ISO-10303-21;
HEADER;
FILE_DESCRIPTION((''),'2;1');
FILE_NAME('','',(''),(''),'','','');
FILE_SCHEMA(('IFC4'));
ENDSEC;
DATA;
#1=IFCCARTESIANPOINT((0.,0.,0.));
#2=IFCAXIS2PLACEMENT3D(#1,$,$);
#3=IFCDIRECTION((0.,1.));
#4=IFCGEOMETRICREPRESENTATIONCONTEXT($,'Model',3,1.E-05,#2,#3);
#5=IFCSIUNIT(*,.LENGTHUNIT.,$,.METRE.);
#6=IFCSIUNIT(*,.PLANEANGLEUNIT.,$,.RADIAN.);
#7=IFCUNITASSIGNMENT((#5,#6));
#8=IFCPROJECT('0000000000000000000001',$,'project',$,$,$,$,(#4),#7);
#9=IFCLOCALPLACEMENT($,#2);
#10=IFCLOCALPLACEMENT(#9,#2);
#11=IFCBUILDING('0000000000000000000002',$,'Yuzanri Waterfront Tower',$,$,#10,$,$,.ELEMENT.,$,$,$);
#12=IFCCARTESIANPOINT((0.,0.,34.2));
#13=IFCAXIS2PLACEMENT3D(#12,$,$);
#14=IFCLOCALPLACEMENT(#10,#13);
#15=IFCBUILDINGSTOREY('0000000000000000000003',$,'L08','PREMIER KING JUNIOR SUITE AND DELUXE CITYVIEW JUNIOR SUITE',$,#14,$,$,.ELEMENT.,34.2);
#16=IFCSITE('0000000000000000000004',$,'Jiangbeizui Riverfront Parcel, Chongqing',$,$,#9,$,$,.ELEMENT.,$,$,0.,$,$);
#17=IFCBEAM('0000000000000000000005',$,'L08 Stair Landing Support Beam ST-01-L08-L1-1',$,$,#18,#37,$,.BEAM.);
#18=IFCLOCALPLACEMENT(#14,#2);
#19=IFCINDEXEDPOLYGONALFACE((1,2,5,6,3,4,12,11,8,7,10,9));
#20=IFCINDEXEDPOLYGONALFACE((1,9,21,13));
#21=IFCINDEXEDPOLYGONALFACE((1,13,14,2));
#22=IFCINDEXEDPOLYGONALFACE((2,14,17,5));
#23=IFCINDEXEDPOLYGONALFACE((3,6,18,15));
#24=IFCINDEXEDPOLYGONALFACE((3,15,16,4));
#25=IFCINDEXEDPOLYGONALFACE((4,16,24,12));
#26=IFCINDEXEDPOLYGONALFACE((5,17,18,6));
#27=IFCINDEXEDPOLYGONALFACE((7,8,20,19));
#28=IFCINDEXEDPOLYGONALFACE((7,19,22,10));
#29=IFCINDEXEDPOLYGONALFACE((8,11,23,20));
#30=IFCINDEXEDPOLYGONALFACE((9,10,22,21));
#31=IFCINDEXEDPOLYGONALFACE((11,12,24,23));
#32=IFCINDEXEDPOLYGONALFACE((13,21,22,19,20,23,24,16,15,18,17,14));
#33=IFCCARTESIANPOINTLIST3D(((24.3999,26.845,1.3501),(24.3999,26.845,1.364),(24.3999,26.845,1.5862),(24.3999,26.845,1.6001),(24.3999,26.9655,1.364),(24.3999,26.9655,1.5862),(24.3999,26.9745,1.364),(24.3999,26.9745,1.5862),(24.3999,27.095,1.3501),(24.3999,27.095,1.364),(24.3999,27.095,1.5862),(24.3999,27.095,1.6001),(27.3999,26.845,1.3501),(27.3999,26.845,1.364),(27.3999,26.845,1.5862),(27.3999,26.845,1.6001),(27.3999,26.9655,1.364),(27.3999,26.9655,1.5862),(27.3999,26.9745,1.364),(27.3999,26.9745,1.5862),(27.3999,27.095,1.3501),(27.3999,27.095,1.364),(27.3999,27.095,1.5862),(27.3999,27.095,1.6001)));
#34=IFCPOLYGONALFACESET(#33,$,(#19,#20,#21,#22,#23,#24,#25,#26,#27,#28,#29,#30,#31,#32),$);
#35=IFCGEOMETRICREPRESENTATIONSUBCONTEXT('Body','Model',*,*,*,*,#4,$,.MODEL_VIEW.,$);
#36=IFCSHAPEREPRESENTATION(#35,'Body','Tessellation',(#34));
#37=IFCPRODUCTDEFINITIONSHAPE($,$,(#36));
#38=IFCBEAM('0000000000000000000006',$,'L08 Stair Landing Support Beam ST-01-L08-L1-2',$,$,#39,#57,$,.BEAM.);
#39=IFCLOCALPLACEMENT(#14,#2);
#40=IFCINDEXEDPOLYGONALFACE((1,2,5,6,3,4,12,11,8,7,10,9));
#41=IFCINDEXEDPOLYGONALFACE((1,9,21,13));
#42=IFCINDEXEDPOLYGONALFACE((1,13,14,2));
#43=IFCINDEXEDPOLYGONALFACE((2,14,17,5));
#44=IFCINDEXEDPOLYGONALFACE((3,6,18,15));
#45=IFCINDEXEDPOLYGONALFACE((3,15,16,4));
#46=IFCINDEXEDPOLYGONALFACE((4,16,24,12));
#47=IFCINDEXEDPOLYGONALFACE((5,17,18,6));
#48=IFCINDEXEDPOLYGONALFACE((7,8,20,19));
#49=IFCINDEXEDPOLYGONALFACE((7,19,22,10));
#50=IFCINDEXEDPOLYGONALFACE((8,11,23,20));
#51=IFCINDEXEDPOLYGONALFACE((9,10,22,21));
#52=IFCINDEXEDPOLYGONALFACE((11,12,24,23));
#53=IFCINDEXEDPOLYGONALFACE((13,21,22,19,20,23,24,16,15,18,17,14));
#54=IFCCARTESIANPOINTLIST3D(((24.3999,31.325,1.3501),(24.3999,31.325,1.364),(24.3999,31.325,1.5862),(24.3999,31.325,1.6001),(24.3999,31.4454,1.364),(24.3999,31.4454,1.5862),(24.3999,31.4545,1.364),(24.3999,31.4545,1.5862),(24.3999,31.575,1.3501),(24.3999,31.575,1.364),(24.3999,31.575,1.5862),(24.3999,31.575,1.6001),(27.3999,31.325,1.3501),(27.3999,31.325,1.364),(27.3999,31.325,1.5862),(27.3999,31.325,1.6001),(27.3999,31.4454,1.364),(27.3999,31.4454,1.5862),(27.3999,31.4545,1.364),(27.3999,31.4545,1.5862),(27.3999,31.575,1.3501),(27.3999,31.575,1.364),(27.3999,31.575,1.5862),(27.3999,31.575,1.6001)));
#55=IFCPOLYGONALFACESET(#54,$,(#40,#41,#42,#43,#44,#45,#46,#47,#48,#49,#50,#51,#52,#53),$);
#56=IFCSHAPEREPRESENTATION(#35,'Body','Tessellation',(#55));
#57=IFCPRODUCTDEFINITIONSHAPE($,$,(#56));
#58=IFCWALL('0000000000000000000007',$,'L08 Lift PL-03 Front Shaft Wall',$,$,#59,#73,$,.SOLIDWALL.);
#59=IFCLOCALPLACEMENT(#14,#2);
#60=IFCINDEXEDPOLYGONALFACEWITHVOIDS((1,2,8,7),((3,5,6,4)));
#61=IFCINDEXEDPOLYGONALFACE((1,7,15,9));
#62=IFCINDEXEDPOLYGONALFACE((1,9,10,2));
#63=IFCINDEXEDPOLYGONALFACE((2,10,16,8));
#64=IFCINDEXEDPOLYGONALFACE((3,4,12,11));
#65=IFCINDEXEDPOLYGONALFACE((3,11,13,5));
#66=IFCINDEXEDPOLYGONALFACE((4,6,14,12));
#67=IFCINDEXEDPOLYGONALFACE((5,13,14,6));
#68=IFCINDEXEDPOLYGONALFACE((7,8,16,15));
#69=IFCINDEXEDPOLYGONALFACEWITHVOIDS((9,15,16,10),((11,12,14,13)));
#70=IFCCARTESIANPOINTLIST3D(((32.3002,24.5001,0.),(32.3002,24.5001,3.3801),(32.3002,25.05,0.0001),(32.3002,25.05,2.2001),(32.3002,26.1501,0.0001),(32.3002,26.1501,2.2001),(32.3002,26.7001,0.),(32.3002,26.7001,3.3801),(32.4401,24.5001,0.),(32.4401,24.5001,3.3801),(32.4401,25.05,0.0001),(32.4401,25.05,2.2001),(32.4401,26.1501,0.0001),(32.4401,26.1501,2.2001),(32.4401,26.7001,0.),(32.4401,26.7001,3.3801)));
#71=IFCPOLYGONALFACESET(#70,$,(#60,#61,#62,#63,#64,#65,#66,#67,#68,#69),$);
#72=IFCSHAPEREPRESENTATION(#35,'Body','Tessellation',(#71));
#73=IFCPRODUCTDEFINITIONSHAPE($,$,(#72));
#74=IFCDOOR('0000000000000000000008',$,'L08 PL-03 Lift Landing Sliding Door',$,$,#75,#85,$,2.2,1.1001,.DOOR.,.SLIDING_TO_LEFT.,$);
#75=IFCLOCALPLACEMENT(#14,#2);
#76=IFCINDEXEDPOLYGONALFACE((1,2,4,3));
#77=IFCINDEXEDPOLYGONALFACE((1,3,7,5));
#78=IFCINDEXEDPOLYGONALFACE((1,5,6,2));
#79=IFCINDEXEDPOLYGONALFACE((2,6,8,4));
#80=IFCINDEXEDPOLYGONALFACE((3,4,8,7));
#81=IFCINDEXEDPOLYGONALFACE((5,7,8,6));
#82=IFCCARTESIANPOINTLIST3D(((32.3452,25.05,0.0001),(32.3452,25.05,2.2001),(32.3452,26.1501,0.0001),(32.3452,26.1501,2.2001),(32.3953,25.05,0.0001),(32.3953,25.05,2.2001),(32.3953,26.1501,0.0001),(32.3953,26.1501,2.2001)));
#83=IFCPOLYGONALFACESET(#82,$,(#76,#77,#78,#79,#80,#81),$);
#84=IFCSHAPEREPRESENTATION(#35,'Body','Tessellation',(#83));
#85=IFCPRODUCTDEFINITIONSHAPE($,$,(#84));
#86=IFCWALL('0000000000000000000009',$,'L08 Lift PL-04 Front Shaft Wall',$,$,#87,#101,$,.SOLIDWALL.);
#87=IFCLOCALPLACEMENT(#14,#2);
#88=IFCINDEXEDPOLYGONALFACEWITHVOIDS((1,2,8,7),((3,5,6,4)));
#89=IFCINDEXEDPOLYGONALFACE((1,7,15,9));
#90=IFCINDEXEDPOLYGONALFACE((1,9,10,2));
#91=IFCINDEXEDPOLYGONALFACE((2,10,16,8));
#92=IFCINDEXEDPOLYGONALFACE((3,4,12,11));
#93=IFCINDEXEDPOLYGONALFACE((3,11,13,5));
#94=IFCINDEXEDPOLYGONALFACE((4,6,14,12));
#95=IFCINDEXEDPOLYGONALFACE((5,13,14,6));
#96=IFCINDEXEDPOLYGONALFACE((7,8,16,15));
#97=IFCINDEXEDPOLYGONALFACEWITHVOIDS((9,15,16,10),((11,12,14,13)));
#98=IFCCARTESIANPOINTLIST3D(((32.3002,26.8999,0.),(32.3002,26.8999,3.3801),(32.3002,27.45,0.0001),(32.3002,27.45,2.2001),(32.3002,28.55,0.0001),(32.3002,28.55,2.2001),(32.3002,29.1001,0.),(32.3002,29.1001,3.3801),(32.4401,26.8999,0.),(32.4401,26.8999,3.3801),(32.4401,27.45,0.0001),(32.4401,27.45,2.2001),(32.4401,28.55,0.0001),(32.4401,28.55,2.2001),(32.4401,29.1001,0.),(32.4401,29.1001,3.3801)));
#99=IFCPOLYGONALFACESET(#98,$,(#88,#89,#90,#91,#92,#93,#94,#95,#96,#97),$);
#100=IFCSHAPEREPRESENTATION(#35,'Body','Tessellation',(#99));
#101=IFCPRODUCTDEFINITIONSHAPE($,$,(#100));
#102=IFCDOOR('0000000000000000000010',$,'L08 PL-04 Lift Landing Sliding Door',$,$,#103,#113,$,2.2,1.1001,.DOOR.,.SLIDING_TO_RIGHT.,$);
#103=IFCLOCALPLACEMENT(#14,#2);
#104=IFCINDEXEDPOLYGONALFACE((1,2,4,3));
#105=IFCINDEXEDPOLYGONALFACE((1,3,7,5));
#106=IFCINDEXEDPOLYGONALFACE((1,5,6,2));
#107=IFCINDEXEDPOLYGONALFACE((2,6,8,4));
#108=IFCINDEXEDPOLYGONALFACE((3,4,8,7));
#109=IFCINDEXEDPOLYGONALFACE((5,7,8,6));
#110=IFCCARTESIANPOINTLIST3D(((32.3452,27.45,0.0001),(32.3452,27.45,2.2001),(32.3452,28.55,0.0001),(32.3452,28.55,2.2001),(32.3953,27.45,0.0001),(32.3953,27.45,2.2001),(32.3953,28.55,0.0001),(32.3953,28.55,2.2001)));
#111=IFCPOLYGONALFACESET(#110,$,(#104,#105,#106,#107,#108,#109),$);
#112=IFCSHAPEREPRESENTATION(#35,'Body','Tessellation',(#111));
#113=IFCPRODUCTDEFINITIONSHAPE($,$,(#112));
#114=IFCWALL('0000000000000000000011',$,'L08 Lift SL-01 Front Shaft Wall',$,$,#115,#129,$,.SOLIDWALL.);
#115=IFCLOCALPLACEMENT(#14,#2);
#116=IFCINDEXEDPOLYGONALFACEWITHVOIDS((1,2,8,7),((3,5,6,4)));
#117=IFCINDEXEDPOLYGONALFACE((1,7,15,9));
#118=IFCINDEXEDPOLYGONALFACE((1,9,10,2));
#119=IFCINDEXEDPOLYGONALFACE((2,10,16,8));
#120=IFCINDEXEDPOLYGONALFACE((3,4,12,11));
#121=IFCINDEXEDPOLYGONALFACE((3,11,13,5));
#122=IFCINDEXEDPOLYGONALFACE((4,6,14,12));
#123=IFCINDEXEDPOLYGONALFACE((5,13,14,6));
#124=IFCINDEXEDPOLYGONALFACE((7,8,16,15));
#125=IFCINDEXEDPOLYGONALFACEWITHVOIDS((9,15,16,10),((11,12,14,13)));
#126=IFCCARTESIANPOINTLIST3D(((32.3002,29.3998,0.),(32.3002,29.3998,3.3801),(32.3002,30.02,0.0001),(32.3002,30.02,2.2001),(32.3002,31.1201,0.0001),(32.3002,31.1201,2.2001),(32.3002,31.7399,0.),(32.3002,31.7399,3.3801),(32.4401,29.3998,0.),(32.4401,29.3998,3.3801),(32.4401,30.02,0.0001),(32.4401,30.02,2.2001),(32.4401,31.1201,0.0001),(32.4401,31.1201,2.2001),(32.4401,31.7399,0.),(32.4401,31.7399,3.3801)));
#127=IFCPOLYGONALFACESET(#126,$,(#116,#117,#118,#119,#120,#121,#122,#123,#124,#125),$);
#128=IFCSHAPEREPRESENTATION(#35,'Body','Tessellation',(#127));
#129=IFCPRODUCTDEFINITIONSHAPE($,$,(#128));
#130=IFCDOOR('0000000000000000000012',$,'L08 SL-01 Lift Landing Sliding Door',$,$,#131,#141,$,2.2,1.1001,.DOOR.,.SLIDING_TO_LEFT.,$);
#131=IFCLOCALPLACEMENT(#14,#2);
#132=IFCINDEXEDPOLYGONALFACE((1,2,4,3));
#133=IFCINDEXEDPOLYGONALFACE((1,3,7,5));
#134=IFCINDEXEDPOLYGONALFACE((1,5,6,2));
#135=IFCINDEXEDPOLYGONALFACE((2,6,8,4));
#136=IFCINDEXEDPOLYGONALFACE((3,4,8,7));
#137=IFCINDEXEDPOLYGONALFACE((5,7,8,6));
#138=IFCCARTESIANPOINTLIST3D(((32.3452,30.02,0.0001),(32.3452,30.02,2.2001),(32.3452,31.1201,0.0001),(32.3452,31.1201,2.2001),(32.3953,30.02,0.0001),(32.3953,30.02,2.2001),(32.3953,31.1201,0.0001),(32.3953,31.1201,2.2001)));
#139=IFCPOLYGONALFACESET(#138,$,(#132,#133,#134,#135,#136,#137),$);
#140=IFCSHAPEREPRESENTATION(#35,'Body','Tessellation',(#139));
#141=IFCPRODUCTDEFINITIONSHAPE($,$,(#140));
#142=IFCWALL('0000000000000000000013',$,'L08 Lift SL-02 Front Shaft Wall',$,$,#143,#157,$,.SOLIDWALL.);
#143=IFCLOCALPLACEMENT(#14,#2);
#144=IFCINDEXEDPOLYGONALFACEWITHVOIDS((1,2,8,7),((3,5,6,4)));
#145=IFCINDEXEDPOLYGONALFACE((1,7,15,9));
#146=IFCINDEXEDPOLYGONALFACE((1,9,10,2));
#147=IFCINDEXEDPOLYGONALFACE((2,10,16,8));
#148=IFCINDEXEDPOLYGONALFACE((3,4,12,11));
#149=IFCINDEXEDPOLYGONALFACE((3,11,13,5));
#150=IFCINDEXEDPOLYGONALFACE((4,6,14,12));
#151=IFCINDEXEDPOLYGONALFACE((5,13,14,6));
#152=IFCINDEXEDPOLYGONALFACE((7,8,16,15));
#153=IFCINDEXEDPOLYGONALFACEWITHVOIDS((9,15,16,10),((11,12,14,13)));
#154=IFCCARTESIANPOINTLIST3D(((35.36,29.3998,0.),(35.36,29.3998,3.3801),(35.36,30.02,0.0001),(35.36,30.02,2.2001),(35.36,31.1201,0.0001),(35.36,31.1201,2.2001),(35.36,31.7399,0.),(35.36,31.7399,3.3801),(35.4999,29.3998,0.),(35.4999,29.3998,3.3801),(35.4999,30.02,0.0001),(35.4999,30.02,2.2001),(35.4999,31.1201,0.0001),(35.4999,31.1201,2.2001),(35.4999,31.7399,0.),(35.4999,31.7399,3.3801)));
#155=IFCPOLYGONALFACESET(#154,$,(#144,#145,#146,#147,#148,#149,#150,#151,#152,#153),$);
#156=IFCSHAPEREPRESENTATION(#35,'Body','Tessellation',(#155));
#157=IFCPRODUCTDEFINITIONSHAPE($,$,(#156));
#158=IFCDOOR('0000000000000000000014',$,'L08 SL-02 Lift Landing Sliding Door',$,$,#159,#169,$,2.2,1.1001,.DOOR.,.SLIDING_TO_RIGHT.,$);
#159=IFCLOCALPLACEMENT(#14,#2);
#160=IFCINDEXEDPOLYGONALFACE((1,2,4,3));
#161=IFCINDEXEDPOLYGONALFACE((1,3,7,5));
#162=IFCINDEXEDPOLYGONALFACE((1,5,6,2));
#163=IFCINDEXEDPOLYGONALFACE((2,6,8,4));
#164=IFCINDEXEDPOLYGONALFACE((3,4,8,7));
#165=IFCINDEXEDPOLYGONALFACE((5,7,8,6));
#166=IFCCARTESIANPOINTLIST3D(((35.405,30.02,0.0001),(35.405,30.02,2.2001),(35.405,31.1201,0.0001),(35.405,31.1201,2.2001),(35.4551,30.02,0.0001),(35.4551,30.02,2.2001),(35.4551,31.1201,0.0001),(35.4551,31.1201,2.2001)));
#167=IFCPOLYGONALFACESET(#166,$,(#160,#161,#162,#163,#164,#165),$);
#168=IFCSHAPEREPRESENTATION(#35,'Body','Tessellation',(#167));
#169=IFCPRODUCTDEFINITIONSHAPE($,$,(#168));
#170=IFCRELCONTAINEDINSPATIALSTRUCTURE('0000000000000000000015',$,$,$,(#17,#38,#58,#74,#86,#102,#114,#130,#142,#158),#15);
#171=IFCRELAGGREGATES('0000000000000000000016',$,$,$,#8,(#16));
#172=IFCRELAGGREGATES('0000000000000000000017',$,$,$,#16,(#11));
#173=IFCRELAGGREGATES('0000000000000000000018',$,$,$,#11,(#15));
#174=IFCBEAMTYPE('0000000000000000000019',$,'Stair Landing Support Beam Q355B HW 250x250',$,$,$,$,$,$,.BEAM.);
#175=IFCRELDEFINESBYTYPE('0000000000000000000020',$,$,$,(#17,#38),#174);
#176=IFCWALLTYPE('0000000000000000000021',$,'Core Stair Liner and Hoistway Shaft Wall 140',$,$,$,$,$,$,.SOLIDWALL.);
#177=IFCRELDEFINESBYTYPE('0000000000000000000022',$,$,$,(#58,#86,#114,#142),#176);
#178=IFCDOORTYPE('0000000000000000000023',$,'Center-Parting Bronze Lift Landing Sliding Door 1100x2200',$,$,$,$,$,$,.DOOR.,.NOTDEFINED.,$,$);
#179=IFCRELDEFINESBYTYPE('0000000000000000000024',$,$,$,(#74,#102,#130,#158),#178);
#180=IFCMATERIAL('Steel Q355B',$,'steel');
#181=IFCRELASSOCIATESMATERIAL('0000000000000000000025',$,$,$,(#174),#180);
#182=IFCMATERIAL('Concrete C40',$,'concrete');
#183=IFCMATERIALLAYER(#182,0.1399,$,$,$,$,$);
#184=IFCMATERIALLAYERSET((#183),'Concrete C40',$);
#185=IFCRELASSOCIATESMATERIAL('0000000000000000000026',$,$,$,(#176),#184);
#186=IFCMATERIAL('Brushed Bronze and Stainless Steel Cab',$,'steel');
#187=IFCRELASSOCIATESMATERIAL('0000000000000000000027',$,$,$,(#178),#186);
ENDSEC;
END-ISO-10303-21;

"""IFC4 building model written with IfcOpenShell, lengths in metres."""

from ifc_helpers import new_model, si_unit, direction, frame, frame_2d, origin, origin_2d, place, context, subcontext, project, spatial, rectangle, i_section, extrude, source, transform, mapped, material, layer, layer_set, material_profile, profile_set, type_object, element, fill, save


model = new_model("IFC4")

# Units and contexts
model_context = context("Model", 3, precision=1e-05, world=origin(), true_north=direction((0.0, 1.0)))
body_context = subcontext(model_context, "Body", "Model", "MODEL_VIEW")
ifc_project = project(units=[si_unit("LENGTHUNIT", "METRE"), si_unit("PLANEANGLEUNIT", "RADIAN")], contexts=[model_context])

# Site, building, storey
site_placement = place(None, origin())
site = spatial("IfcSite", under=ifc_project, at=site_placement, Name="Jiangbeizui Riverfront Parcel, Chongqing", CompositionType="ELEMENT", RefElevation=0.0)
building_placement = place(site_placement, origin())
building = spatial("IfcBuilding", under=site, at=building_placement, Name="Yuzanri Waterfront Tower", CompositionType="ELEMENT")
storey_placement = place(building_placement, frame((0.0, 0.0, 34.2)))
storey = spatial("IfcBuildingStorey", under=building, at=storey_placement, Name="L08", Description="PREMIER KING JUNIOR SUITE AND DELUXE CITYVIEW JUNIOR SUITE", CompositionType="ELEMENT", Elevation=34.2)

# Beams
ifc_material_1 = material(Name="Steel Q355B", Category="steel")
ifc_material_profile = material_profile(ifc_material_1, i_section(OverallWidth=0.25, OverallDepth=0.25, WebThickness=0.009, FlangeThickness=0.0139, at=origin_2d()), Name="HW 250x250x9x14")
ifc_profile_set = profile_set([ifc_material_profile], Name="Steel Q355B")
beam_type = type_object("IfcBeamType", Name="Stair Landing Support Beam Q355B HW 250x250", PredefinedType="BEAM", material=ifc_profile_set)
shared_shape_1 = source(origin(), body_context, "Body", "SweptSolid", [
    extrude(i_section(OverallWidth=0.25, OverallDepth=0.25, WebThickness=0.009, FlangeThickness=0.0139, at=origin_2d()), origin(), (0.0, 0.0, 1.0), 3.0),
])
for number, where, z_axis, x_axis, name in (
    (1, (24.3999, 26.97, 1.4751), (1.0, 0.0, 0.0), (0.0, 1.0, 0.0), "L08 Stair Landing Support Beam ST-01-L08-L1-1"),
    (2, (24.3999, 31.45, 1.4751), (1.0, 0.0, 0.0), (0.0, 1.0, 0.0), "L08 Stair Landing Support Beam ST-01-L08-L1-2"),
):
    element("IfcBeam", number, at=place(storey_placement, frame(where, z_axis=z_axis, x_axis=x_axis)), inside=storey, type_object=beam_type, Name=name, PredefinedType="BEAM", context=body_context, shape_type="MappedRepresentation", body=[
        mapped(shared_shape_1, transform((0.0, 0.0, 0.0), scale=1.0)),
    ])

# Walls, openings, doors
ifc_material_2 = material(Name="Concrete C40", Category="concrete")
ifc_layer_1 = layer(ifc_material_2, 0.1399)
ifc_layer_set_1 = layer_set([ifc_layer_1], Name="Concrete C40")
wall_type_1 = type_object("IfcWallType", Name="Core Stair Liner and Hoistway Shaft Wall 140", PredefinedType="SOLIDWALL", material=ifc_layer_set_1)
wall_1_placement = place(storey_placement, frame((32.3701, 24.5, 0.0), z_axis=(0.0, 0.0, 1.0), x_axis=(0.0, 1.0, 0.0)))
wall_1 = element("IfcWall", 3, at=wall_1_placement, inside=storey, type_object=wall_type_1, Name="L08 Lift PL-03 Front Shaft Wall", PredefinedType="SOLIDWALL", context=body_context, shape_type="SweptSolid", body=[
    extrude(rectangle(XDim=2.2, YDim=0.1399, at=frame_2d((1.1001, 0.0))), origin(), (0.0, 0.0, 1.0), 3.3801),
])
opening_1_placement = place(wall_1_placement, frame((0.55, 0.0, 0.0)))
opening_1 = element("IfcOpeningElement", 4, at=opening_1_placement, cuts=wall_1, PredefinedType="OPENING", context=body_context, shape_type="SweptSolid", body=[
    extrude(rectangle(XDim=1.1001, YDim=2.2, at=frame_2d((0.55, 1.1001))), frame((0.0, 0.085, 0.0), z_axis=(0.0, -1.0, 0.0), x_axis=(1.0, 0.0, 0.0)), (0.0, 0.0, 1.0), 0.1697),
])
ifc_material_3 = material(Name="Brushed Bronze and Stainless Steel Cab", Category="steel")
door_type_1 = type_object("IfcDoorType", Name="Center-Parting Bronze Lift Landing Sliding Door 1100x2200", OperationType="NOTDEFINED", PredefinedType="DOOR", material=ifc_material_3)
shared_shape_2 = source(origin(), body_context, "Body", "SweptSolid", [
    extrude(rectangle(XDim=1.1001, YDim=2.2, at=frame_2d((0.55, 1.1001))), frame((0.0, 0.0249, 0.0), z_axis=(0.0, -1.0, 0.0), x_axis=(1.0, 0.0, 0.0)), (0.0, 0.0, 1.0), 0.05),
])
door_1_placement = place(opening_1_placement, origin())
door_1 = element("IfcDoor", 5, at=door_1_placement, inside=storey, type_object=door_type_1, Name="L08 PL-03 Lift Landing Sliding Door", OperationType="SLIDING_TO_LEFT", OverallHeight=2.2, OverallWidth=1.1001, PredefinedType="DOOR", context=body_context, shape_type="MappedRepresentation", body=[
    mapped(shared_shape_2, transform((0.0, 0.0, 0.0), scale=1.0)),
])
fill(opening_1, door_1)
wall_2_placement = place(storey_placement, frame((32.3701, 26.8999, 0.0), z_axis=(0.0, 0.0, 1.0), x_axis=(0.0, 1.0, 0.0)))
wall_2 = element("IfcWall", 6, at=wall_2_placement, inside=storey, type_object=wall_type_1, Name="L08 Lift PL-04 Front Shaft Wall", PredefinedType="SOLIDWALL", context=body_context, shape_type="SweptSolid", body=[
    extrude(rectangle(XDim=2.2002, YDim=0.1399, at=frame_2d((1.1001, 0.0))), origin(), (0.0, 0.0, 1.0), 3.3801),
])
opening_2_placement = place(wall_2_placement, frame((0.55, 0.0, 0.0)))
opening_2 = element("IfcOpeningElement", 7, at=opening_2_placement, cuts=wall_2, PredefinedType="OPENING", context=body_context, shape_type="SweptSolid", body=[
    extrude(rectangle(XDim=1.1001, YDim=2.2, at=frame_2d((0.55, 1.1001))), frame((0.0, 0.085, 0.0), z_axis=(0.0, -1.0, 0.0), x_axis=(1.0, 0.0, 0.0)), (0.0, 0.0, 1.0), 0.1697),
])
door_2_placement = place(opening_2_placement, origin())
door_2 = element("IfcDoor", 8, at=door_2_placement, inside=storey, type_object=door_type_1, Name="L08 PL-04 Lift Landing Sliding Door", OperationType="SLIDING_TO_RIGHT", OverallHeight=2.2, OverallWidth=1.1001, PredefinedType="DOOR", context=body_context, shape_type="MappedRepresentation", body=[
    mapped(shared_shape_2, transform((0.0, 0.0, 0.0), scale=1.0)),
])
fill(opening_2, door_2)
wall_3_placement = place(storey_placement, frame((32.3701, 29.3999, 0.0), z_axis=(0.0, 0.0, 1.0), x_axis=(0.0, 1.0, 0.0)))
wall_3 = element("IfcWall", 9, at=wall_3_placement, inside=storey, type_object=wall_type_1, Name="L08 Lift SL-01 Front Shaft Wall", PredefinedType="SOLIDWALL", context=body_context, shape_type="SweptSolid", body=[
    extrude(rectangle(XDim=2.3401, YDim=0.1399, at=frame_2d((1.1699, 0.0))), origin(), (0.0, 0.0, 1.0), 3.3801),
])
opening_3_placement = place(wall_3_placement, frame((0.6201, 0.0, 0.0)))
opening_3 = element("IfcOpeningElement", 10, at=opening_3_placement, cuts=wall_3, PredefinedType="OPENING", context=body_context, shape_type="SweptSolid", body=[
    extrude(rectangle(XDim=1.1001, YDim=2.2, at=frame_2d((0.55, 1.1001))), frame((0.0, 0.085, 0.0), z_axis=(0.0, -1.0, 0.0), x_axis=(1.0, 0.0, 0.0)), (0.0, 0.0, 1.0), 0.1697),
])
door_3_placement = place(opening_3_placement, origin())
door_3 = element("IfcDoor", 11, at=door_3_placement, inside=storey, type_object=door_type_1, Name="L08 SL-01 Lift Landing Sliding Door", OperationType="SLIDING_TO_LEFT", OverallHeight=2.2, OverallWidth=1.1001, PredefinedType="DOOR", context=body_context, shape_type="MappedRepresentation", body=[
    mapped(shared_shape_2, transform((0.0, 0.0, 0.0), scale=1.0)),
])
fill(opening_3, door_3)
wall_4_placement = place(storey_placement, frame((35.4299, 29.3999, 0.0), z_axis=(0.0, 0.0, 1.0), x_axis=(0.0, 1.0, 0.0)))
wall_4 = element("IfcWall", 12, at=wall_4_placement, inside=storey, type_object=wall_type_1, Name="L08 Lift SL-02 Front Shaft Wall", PredefinedType="SOLIDWALL", context=body_context, shape_type="SweptSolid", body=[
    extrude(rectangle(XDim=2.3401, YDim=0.1399, at=frame_2d((1.1699, 0.0))), origin(), (0.0, 0.0, 1.0), 3.3801),
])
opening_4_placement = place(wall_4_placement, frame((0.6201, 0.0, 0.0)))
opening_4 = element("IfcOpeningElement", 13, at=opening_4_placement, cuts=wall_4, PredefinedType="OPENING", context=body_context, shape_type="SweptSolid", body=[
    extrude(rectangle(XDim=1.1001, YDim=2.2, at=frame_2d((0.55, 1.1001))), frame((0.0, 0.085, 0.0), z_axis=(0.0, -1.0, 0.0), x_axis=(1.0, 0.0, 0.0)), (0.0, 0.0, 1.0), 0.1697),
])
door_4_placement = place(opening_4_placement, origin())
door_4 = element("IfcDoor", 14, at=door_4_placement, inside=storey, type_object=door_type_1, Name="L08 SL-02 Lift Landing Sliding Door", OperationType="SLIDING_TO_RIGHT", OverallHeight=2.2, OverallWidth=1.1001, PredefinedType="DOOR", context=body_context, shape_type="MappedRepresentation", body=[
    mapped(shared_shape_2, transform((0.0, 0.0, 0.0), scale=1.0)),
])
fill(opening_4, door_4)

save(model, "model.ifc")
